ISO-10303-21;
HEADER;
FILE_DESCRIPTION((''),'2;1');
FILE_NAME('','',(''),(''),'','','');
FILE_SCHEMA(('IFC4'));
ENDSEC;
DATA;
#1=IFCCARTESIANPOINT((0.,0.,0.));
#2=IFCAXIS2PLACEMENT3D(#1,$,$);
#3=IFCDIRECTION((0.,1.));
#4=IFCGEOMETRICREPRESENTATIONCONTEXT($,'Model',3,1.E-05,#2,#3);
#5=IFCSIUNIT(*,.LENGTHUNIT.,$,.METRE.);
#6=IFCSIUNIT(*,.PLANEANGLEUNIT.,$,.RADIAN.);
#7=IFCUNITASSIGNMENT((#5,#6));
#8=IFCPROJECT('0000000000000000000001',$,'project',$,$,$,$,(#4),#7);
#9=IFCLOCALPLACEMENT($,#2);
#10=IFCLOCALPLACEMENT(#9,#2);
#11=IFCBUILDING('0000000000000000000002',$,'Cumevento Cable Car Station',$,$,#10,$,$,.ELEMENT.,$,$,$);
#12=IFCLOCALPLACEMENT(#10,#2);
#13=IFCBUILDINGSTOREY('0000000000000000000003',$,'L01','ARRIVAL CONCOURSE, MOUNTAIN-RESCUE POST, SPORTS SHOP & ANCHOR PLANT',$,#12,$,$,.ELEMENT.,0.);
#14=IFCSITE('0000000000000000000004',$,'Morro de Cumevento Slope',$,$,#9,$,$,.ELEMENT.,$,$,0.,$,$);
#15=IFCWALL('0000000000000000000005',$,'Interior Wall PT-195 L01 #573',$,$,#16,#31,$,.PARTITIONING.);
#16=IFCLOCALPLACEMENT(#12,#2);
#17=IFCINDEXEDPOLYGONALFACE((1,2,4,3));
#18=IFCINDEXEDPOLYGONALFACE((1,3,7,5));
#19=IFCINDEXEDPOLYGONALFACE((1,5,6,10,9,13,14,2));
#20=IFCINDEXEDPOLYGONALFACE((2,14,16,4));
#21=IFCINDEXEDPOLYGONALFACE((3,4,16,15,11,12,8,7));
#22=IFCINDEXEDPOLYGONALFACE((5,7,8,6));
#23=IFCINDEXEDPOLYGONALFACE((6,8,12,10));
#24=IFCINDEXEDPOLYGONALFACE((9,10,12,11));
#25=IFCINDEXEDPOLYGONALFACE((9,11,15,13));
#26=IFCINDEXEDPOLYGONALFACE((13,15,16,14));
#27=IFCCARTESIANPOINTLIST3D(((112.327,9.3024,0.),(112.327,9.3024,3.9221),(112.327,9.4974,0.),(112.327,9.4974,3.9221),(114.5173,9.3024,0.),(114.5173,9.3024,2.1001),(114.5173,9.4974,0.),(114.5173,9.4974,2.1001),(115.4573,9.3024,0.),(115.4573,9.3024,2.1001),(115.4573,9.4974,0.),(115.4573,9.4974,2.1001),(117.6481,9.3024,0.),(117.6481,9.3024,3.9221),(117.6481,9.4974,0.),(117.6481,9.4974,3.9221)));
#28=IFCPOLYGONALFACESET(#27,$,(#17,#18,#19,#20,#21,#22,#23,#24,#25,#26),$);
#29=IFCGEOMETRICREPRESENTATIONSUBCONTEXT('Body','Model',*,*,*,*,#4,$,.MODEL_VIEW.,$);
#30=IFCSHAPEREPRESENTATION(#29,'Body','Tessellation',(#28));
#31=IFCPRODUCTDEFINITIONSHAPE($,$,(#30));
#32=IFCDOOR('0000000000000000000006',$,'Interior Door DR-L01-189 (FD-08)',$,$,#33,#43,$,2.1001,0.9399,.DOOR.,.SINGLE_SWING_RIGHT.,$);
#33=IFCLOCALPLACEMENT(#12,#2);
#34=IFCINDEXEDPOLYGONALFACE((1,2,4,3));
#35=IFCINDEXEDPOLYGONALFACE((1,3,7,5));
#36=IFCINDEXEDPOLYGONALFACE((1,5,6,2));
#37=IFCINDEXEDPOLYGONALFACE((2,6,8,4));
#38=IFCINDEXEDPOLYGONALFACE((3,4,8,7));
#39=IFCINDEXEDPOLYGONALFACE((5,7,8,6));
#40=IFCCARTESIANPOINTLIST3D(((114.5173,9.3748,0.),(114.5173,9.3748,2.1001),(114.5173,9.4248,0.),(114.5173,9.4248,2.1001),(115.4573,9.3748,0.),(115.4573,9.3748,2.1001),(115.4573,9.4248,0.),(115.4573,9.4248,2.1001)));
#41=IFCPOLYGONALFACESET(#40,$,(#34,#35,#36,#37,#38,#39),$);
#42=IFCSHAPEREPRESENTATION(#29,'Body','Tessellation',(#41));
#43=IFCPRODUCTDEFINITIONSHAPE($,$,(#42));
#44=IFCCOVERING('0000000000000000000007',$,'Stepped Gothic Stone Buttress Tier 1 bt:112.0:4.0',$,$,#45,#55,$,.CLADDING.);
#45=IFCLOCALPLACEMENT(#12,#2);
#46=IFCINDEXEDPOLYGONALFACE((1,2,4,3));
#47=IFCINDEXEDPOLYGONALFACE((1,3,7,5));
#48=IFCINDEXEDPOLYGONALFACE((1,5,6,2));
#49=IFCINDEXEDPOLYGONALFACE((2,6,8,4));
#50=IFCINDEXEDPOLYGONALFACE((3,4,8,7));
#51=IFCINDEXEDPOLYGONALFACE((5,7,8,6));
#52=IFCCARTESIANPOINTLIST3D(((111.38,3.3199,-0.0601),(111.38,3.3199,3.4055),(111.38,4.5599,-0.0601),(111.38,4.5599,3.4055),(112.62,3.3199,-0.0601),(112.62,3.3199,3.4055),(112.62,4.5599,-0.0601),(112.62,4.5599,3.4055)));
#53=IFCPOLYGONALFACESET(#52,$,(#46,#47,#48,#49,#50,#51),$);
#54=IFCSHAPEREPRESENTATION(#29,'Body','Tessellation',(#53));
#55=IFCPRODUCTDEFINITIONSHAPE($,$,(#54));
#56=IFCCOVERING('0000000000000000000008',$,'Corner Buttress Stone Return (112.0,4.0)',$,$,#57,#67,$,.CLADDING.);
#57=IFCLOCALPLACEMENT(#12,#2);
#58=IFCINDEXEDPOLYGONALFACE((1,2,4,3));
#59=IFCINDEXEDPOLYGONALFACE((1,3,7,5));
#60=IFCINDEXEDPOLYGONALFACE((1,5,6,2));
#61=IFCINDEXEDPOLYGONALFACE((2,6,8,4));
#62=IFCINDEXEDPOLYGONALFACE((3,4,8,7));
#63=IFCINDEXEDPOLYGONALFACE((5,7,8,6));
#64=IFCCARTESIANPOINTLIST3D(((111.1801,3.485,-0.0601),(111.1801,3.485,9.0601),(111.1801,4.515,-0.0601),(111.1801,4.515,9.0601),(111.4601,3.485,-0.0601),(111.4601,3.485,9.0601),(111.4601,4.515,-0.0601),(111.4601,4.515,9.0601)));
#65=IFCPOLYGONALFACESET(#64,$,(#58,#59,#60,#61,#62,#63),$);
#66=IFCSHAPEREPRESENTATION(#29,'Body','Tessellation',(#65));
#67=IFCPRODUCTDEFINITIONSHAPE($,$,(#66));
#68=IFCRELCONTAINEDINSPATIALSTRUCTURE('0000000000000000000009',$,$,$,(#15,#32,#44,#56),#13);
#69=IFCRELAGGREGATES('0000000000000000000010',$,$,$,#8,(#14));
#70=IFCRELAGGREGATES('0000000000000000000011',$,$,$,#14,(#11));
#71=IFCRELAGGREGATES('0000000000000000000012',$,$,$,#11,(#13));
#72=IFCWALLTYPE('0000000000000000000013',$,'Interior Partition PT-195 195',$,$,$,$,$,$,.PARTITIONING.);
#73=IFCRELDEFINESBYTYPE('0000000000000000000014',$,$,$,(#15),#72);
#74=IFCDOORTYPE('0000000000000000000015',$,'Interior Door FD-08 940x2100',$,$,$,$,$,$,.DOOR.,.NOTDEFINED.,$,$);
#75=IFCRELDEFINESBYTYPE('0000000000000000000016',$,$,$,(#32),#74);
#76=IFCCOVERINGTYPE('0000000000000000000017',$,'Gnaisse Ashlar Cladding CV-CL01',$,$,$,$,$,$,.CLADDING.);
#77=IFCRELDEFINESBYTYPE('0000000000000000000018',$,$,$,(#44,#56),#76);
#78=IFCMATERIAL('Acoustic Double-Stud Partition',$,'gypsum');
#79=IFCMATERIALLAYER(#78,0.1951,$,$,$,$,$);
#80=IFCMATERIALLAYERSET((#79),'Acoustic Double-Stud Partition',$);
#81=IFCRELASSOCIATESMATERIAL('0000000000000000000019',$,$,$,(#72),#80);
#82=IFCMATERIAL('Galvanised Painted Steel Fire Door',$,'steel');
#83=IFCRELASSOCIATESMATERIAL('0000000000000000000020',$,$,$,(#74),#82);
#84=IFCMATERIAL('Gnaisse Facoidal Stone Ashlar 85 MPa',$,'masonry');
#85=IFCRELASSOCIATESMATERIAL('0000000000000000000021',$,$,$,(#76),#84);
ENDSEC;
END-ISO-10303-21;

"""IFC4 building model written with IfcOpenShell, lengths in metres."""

from ifc_helpers import new_model, si_unit, direction, frame, frame_2d, origin, origin_2d, place, context, subcontext, project, spatial, rectangle, extrude, material, layer, layer_set, type_object, element, fill, save


model = new_model("IFC4")

# Units and contexts
model_context = context("Model", 3, precision=1e-05, world=origin(), true_north=direction((0.0, 1.0)))
body_context = subcontext(model_context, "Body", "Model", "MODEL_VIEW")
ifc_project = project(units=[si_unit("LENGTHUNIT", "METRE"), si_unit("PLANEANGLEUNIT", "RADIAN")], contexts=[model_context])

# Site, building, storey
site_placement = place(None, origin())
site = spatial("IfcSite", under=ifc_project, at=site_placement, Name="Morro de Cumevento Slope", CompositionType="ELEMENT", RefElevation=0.0)
building_placement = place(site_placement, origin())
building = spatial("IfcBuilding", under=site, at=building_placement, Name="Cumevento Cable Car Station", CompositionType="ELEMENT")
storey_placement = place(building_placement, origin())
storey = spatial("IfcBuildingStorey", under=building, at=storey_placement, Name="L01", Description="ARRIVAL CONCOURSE, MOUNTAIN-RESCUE POST, SPORTS SHOP & ANCHOR PLANT", CompositionType="ELEMENT", Elevation=0.0)

# Wall, opening, door
ifc_material_1 = material(Name="Acoustic Double-Stud Partition", Category="gypsum")
ifc_layer_1 = layer(ifc_material_1, 0.1951)
ifc_layer_set_1 = layer_set([ifc_layer_1], Name="Acoustic Double-Stud Partition")
wall_type_1 = type_object("IfcWallType", Name="Interior Partition PT-195 195", PredefinedType="PARTITIONING", material=ifc_layer_set_1)
wall_1_placement = place(storey_placement, frame((112.3269, 9.3999, 0.0), z_axis=(0.0, 0.0, 1.0), x_axis=(1.0, 0.0, 0.0)))
wall_1 = element("IfcWall", 1, at=wall_1_placement, inside=storey, type_object=wall_type_1, Name="Interior Wall PT-195 L01 #573", PredefinedType="PARTITIONING", context=body_context, shape_type="SweptSolid", body=[
    extrude(rectangle(XDim=5.321, YDim=0.1951, at=frame_2d((2.6606, 0.0))), origin(), (0.0, 0.0, 1.0), 3.9221),
])
opening_1_placement = place(wall_1_placement, frame((2.1904, 0.0, 0.0)))
opening_1 = element("IfcOpeningElement", 2, at=opening_1_placement, cuts=wall_1, PredefinedType="OPENING", context=body_context, shape_type="SweptSolid", body=[
    extrude(rectangle(XDim=0.9399, YDim=2.1001, at=frame_2d((0.47, 1.05))), frame((0.0, 0.1077, 0.0), z_axis=(0.0, -1.0, 0.0), x_axis=(1.0, 0.0, 0.0)), (0.0, 0.0, 1.0), 0.2151),
])
ifc_material_2 = material(Name="Galvanised Painted Steel Fire Door", Category="steel")
door_type_1 = type_object("IfcDoorType", Name="Interior Door FD-08 940x2100", OperationType="NOTDEFINED", PredefinedType="DOOR", material=ifc_material_2)
door_1_placement = place(opening_1_placement, origin())
door_1 = element("IfcDoor", 3, at=door_1_placement, inside=storey, type_object=door_type_1, Name="Interior Door DR-L01-189 (FD-08)", OperationType="SINGLE_SWING_RIGHT", OverallHeight=2.1001, OverallWidth=0.9399, PredefinedType="DOOR", context=body_context, shape_type="SweptSolid", body=[
    extrude(rectangle(XDim=0.9399, YDim=2.1001, at=frame_2d((0.47, 1.05))), frame((0.0, 0.0249, 0.0), z_axis=(0.0, -1.0, 0.0), x_axis=(1.0, 0.0, 0.0)), (0.0, 0.0, 1.0), 0.05),
])
fill(opening_1, door_1)

# Coverings
ifc_material_3 = material(Name="Gnaisse Facoidal Stone Ashlar 85 MPa", Category="masonry")
covering_type = type_object("IfcCoveringType", Name="Gnaisse Ashlar Cladding CV-CL01", PredefinedType="CLADDING", material=ifc_material_3)
covering_1_placement = place(storey_placement, frame((112.0, 3.9399, -0.0601), z_axis=(0.0, 0.0, 1.0), x_axis=(1.0, 0.0, 0.0)))
element("IfcCovering", 4, at=covering_1_placement, inside=storey, type_object=covering_type, Name="Stepped Gothic Stone Buttress Tier 1 bt:112.0:4.0", PredefinedType="CLADDING", context=body_context, shape_type="SweptSolid", body=[
    extrude(rectangle(XDim=1.24, YDim=1.24, at=origin_2d()), origin(), (0.0, 0.0, 1.0), 3.4656),
])
covering_2_placement = place(storey_placement, frame((111.3201, 4.0, -0.0601), z_axis=(0.0, 0.0, 1.0), x_axis=(1.0, 0.0, 0.0)))
element("IfcCovering", 5, at=covering_2_placement, inside=storey, type_object=covering_type, Name="Corner Buttress Stone Return (112.0,4.0)", PredefinedType="CLADDING", context=body_context, shape_type="SweptSolid", body=[
    extrude(rectangle(XDim=0.28, YDim=1.03, at=origin_2d()), origin(), (0.0, 0.0, 1.0), 9.1201),
])

save(model, "model.ifc")
